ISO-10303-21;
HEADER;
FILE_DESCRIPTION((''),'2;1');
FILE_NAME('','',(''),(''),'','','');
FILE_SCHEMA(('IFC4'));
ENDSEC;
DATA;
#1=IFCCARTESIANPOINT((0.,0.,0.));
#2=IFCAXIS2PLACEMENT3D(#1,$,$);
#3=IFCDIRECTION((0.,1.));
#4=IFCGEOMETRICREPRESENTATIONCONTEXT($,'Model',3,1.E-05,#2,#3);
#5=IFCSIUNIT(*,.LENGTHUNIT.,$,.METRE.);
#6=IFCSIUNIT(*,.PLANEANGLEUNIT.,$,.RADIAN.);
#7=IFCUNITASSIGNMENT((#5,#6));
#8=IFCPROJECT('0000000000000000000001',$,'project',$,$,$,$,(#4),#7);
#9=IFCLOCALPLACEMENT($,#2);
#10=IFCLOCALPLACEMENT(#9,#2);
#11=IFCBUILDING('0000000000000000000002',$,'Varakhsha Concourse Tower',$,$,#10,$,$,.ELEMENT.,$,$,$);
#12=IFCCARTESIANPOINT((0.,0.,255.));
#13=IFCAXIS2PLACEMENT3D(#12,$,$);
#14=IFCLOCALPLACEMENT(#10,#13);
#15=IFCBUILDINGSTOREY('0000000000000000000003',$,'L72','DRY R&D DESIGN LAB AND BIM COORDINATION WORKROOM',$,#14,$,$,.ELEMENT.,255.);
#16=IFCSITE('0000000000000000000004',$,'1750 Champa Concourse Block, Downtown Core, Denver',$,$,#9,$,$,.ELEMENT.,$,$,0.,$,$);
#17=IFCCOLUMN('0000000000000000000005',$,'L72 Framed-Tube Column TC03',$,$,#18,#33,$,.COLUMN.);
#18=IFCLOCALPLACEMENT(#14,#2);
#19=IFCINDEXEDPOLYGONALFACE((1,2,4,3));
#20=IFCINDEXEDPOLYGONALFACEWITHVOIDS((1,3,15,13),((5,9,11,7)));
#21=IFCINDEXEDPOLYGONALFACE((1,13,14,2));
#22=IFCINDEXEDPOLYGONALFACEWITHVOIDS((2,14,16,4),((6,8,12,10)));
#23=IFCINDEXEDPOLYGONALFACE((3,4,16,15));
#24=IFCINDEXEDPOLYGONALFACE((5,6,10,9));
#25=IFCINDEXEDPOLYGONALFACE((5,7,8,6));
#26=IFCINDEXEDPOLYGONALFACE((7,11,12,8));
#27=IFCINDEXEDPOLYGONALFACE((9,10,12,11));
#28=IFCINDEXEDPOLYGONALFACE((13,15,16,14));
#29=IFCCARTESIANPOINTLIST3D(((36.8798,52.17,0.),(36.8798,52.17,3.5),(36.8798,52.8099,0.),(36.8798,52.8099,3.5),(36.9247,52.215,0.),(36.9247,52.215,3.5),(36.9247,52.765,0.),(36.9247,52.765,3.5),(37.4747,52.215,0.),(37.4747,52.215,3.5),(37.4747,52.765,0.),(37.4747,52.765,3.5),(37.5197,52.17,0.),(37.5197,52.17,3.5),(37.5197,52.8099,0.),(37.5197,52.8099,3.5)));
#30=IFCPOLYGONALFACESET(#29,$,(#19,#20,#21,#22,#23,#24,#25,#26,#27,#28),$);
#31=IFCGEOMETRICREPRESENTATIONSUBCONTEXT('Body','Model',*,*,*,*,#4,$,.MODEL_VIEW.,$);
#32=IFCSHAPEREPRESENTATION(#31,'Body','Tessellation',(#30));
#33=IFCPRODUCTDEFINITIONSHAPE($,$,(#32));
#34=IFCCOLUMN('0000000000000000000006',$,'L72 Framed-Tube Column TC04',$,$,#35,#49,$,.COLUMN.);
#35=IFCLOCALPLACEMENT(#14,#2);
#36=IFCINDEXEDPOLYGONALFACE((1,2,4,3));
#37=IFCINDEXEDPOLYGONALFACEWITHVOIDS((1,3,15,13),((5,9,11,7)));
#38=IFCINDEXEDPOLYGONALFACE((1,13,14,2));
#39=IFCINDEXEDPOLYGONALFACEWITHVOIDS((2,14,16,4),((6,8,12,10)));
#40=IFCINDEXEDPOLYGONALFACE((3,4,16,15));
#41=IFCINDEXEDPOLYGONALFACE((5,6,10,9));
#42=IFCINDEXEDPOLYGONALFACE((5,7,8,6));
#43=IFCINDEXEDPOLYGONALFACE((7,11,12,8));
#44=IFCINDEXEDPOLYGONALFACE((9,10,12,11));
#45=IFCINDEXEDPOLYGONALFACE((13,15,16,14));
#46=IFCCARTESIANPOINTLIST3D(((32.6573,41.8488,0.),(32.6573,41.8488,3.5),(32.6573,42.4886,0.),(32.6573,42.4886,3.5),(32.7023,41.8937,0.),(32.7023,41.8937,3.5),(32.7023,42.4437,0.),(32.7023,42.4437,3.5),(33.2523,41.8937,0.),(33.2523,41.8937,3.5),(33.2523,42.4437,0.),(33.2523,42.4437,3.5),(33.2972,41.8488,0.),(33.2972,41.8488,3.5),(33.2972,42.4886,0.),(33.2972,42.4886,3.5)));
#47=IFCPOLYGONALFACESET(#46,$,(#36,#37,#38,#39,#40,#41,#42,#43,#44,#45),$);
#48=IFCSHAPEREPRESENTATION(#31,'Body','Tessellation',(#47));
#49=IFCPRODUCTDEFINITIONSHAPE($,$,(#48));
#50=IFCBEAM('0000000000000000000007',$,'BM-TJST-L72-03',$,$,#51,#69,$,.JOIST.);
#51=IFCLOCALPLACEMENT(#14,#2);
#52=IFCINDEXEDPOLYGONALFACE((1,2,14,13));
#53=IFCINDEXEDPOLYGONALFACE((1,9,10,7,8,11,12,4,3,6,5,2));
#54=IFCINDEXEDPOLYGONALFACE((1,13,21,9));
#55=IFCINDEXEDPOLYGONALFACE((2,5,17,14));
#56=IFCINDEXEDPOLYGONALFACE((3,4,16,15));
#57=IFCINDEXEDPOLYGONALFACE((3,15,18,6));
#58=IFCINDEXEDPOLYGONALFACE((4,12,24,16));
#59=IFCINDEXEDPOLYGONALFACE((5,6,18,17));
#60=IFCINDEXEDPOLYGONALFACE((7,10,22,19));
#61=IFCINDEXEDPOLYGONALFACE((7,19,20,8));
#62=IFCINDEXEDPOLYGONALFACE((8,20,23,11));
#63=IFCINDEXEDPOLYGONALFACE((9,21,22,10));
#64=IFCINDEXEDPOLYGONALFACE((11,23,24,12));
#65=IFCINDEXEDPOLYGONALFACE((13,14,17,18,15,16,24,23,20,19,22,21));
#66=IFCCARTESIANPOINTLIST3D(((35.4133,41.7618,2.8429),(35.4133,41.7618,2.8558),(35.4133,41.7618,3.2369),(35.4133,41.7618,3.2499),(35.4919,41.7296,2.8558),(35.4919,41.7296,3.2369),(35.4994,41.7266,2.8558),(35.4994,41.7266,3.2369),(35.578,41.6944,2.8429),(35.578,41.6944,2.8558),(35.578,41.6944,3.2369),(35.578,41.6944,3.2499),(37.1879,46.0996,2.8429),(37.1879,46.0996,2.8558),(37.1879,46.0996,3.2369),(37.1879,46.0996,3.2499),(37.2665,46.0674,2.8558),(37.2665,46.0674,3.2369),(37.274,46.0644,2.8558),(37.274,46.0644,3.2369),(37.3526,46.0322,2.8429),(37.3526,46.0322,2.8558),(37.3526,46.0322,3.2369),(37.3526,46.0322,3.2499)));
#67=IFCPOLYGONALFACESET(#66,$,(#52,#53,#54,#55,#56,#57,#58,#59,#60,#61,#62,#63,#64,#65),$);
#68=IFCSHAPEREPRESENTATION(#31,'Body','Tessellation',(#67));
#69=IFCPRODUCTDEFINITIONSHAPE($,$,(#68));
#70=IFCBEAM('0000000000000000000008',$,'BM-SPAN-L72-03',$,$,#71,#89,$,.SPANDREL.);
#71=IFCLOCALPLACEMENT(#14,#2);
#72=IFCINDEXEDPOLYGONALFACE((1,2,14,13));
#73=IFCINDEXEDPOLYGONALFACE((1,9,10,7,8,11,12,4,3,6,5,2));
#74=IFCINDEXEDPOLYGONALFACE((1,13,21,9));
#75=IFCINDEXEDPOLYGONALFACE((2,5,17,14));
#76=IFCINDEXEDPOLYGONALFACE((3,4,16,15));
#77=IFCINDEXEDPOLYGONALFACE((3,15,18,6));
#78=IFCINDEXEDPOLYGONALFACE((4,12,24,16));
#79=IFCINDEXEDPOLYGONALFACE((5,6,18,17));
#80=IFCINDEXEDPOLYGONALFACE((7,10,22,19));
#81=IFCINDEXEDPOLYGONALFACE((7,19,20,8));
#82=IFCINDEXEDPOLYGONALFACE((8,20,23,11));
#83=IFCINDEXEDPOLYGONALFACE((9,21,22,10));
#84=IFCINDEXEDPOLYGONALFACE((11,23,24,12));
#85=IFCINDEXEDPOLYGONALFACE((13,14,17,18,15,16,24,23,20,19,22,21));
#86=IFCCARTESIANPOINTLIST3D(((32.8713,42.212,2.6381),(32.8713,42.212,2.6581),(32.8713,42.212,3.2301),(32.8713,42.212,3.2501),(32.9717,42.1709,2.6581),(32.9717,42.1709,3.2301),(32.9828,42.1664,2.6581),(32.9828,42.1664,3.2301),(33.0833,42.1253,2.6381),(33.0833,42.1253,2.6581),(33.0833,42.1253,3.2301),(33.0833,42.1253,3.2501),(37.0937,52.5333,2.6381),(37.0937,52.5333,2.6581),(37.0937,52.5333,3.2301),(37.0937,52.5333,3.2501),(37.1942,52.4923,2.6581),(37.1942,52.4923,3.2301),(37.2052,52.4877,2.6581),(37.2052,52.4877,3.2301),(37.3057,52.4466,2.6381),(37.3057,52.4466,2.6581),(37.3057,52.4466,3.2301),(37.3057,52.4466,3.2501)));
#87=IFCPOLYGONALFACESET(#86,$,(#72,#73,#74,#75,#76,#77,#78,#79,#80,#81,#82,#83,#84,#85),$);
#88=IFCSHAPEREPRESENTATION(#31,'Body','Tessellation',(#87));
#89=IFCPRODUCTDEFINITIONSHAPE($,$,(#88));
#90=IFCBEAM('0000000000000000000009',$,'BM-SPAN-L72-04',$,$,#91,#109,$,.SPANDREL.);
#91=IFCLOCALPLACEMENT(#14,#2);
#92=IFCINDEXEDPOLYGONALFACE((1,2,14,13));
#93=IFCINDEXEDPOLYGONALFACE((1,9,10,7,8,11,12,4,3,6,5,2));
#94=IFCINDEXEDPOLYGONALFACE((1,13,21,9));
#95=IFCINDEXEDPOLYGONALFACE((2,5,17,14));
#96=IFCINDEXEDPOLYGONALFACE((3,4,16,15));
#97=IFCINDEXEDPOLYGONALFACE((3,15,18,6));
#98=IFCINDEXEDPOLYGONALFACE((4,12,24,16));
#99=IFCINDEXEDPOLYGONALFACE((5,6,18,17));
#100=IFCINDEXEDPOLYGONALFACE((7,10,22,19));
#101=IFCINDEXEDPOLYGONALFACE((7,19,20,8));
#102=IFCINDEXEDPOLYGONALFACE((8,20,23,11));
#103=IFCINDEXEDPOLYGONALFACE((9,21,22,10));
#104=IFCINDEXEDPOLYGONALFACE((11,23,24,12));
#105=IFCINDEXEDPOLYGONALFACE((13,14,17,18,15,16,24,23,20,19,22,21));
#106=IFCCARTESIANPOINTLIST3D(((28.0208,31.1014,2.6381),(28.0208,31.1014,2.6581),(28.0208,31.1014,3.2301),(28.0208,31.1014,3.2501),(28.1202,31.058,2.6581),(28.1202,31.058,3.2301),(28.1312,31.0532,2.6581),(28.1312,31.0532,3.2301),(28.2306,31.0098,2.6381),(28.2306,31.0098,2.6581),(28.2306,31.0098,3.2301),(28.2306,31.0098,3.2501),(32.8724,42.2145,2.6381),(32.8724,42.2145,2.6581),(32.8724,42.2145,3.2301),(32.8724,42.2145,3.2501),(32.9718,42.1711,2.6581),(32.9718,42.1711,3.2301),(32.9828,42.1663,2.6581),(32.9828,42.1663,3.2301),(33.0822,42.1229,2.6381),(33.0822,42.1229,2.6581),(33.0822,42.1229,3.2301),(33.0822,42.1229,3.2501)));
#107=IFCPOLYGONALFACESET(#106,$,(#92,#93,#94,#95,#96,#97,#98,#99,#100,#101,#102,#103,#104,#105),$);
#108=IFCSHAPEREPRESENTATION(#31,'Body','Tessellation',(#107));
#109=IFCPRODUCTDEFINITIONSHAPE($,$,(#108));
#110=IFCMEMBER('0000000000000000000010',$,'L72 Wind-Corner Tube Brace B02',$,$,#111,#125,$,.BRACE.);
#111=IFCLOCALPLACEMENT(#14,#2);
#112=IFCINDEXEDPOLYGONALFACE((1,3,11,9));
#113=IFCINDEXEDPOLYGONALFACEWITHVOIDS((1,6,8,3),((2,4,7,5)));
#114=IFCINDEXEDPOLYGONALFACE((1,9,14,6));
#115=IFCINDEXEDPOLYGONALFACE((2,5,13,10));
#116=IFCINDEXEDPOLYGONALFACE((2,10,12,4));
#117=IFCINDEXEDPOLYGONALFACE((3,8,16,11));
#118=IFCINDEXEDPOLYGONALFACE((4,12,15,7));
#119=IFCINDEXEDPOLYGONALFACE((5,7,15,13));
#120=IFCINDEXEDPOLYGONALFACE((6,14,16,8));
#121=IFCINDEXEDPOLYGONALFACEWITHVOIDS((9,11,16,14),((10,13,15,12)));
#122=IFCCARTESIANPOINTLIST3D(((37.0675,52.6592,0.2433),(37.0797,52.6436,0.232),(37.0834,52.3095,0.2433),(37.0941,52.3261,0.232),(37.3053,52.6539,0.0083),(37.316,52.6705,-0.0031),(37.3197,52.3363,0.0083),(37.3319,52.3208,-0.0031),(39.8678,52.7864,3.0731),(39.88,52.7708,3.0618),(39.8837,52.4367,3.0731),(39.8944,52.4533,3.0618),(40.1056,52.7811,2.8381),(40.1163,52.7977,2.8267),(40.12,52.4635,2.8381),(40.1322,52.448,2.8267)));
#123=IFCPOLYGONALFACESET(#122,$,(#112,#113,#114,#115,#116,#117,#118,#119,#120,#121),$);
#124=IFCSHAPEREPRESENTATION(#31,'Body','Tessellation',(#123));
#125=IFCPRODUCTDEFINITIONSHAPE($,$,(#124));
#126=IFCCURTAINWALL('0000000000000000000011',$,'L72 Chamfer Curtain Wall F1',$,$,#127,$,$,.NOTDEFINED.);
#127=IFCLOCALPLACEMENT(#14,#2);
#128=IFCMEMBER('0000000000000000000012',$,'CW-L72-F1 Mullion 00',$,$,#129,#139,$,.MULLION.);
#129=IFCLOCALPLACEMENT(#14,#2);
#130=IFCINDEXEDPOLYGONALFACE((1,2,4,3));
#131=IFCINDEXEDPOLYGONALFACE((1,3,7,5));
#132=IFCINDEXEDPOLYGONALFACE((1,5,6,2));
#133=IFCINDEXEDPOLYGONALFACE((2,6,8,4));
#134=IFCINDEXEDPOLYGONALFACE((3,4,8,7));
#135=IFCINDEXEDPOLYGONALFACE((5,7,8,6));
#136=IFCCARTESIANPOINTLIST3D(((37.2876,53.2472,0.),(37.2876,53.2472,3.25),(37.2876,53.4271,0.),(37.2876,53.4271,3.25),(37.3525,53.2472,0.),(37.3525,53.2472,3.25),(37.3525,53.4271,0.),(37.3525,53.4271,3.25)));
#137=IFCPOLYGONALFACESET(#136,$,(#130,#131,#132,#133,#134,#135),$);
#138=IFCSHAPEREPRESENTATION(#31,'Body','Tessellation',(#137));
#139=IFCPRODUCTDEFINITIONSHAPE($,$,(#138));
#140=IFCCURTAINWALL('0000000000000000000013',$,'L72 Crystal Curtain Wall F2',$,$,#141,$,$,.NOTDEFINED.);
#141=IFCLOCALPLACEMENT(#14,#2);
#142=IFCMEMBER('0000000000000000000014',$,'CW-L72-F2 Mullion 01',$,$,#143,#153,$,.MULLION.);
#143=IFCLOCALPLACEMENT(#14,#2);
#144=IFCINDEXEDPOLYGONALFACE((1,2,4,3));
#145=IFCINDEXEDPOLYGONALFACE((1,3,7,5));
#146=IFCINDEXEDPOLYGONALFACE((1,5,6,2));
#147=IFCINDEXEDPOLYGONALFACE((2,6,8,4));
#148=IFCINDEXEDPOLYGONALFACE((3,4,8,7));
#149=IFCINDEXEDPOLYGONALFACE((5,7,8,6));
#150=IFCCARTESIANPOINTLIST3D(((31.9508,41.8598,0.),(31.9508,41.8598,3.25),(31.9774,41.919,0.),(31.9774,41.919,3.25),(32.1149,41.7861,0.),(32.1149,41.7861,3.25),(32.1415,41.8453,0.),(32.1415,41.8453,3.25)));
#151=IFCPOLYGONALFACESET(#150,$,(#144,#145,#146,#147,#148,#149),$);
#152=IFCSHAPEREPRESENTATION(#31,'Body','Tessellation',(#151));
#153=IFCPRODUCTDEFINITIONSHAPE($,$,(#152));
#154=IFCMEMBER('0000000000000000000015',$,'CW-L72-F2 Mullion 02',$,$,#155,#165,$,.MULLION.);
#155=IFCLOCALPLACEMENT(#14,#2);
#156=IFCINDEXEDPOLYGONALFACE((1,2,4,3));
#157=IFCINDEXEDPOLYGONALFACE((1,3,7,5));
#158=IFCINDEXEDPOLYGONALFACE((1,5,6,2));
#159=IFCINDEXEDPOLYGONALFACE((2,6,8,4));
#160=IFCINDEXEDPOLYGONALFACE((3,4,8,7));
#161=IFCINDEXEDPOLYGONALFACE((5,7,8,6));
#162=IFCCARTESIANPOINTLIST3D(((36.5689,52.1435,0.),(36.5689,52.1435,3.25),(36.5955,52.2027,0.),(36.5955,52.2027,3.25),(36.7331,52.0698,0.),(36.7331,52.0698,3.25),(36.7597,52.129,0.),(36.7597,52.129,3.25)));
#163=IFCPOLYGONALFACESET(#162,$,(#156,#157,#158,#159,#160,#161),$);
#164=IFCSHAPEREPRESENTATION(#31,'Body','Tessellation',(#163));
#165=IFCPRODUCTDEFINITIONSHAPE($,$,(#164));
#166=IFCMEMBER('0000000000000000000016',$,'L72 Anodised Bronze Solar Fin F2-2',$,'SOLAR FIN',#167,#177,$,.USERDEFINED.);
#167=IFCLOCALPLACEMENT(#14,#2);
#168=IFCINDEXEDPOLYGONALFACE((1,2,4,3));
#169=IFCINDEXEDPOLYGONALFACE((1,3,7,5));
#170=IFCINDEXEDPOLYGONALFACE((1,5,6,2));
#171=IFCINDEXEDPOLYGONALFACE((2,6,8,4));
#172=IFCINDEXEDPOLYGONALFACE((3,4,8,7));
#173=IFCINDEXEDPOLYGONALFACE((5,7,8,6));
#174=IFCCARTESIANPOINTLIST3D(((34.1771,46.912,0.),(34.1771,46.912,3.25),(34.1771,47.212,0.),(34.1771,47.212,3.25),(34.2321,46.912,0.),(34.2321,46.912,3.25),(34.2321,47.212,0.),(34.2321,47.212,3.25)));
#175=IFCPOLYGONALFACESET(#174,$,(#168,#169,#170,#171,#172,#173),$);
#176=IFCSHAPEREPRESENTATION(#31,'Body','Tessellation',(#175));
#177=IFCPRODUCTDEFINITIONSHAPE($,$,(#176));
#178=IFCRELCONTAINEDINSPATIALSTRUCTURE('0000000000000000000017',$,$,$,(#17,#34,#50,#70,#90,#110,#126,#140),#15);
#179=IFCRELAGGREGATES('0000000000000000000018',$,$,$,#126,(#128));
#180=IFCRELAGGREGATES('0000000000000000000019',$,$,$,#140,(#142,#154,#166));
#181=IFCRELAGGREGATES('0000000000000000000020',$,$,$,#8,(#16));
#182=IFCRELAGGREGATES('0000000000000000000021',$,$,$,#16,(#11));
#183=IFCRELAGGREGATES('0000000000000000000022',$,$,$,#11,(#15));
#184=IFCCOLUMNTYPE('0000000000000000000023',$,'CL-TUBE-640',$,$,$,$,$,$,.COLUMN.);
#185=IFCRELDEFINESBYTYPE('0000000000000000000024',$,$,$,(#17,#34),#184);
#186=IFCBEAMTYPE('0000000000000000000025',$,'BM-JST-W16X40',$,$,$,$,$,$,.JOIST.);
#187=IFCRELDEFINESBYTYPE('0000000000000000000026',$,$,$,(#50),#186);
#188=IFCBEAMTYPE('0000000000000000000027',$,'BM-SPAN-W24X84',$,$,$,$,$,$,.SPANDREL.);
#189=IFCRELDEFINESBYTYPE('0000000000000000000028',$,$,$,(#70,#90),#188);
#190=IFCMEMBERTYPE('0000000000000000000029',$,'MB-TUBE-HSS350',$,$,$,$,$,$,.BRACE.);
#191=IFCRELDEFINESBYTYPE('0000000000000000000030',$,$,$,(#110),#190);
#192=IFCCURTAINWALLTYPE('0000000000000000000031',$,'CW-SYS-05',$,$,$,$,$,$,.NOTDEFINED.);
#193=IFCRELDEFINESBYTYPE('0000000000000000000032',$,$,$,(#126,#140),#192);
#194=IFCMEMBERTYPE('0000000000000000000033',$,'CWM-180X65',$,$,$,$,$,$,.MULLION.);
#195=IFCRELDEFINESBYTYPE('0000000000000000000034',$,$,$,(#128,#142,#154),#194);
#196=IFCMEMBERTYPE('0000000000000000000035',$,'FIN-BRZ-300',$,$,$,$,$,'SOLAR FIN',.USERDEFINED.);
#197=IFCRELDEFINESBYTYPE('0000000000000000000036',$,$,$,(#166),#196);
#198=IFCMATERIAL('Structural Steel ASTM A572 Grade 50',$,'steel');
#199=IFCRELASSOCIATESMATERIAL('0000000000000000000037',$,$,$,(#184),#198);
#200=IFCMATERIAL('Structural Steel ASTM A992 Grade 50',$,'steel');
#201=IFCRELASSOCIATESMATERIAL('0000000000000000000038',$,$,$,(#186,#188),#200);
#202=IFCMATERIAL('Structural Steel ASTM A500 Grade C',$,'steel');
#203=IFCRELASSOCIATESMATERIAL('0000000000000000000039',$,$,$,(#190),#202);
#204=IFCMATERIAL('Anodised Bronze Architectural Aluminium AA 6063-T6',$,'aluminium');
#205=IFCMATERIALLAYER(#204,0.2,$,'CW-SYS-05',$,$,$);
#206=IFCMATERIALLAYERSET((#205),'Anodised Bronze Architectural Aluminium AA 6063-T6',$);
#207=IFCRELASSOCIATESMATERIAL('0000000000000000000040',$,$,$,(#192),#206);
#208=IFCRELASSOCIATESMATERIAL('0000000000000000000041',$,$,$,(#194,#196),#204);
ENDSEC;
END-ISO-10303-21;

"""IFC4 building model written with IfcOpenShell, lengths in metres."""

from ifc_helpers import new_model, si_unit, direction, frame, origin, origin_2d, place, context, subcontext, project, spatial, rectangle, hollow_rectangle, i_section, extrude, source, transform, mapped, material, layer, layer_set, material_profile, profile_set, type_object, type_shapes, element, aggregate, save


model = new_model("IFC4")

# Units and contexts
model_context = context("Model", 3, precision=1e-05, world=origin(), true_north=direction((0.0, 1.0)))
body_context = subcontext(model_context, "Body", "Model", "MODEL_VIEW")
ifc_project = project(units=[si_unit("LENGTHUNIT", "METRE"), si_unit("PLANEANGLEUNIT", "RADIAN")], contexts=[model_context])

# Site, building, storey
site_placement = place(None, origin())
site = spatial("IfcSite", under=ifc_project, at=site_placement, Name="1750 Champa Concourse Block, Downtown Core, Denver", CompositionType="ELEMENT", RefElevation=0.0)
building_placement = place(site_placement, origin())
building = spatial("IfcBuilding", under=site, at=building_placement, Name="Varakhsha Concourse Tower", CompositionType="ELEMENT")
storey_placement = place(building_placement, frame((0.0, 0.0, 255.0)))
storey = spatial("IfcBuildingStorey", under=building, at=storey_placement, Name="L72", Description="DRY R&D DESIGN LAB AND BIM COORDINATION WORKROOM", CompositionType="ELEMENT", Elevation=255.0)

# Columns
ifc_material_1 = material(Name="Structural Steel ASTM A572 Grade 50", Category="steel")
ifc_material_profile_1 = material_profile(ifc_material_1, hollow_rectangle(XDim=0.6399, YDim=0.6399, WallThickness=0.0449, at=origin_2d()), Name="BOX 640x640x45")
ifc_profile_set_1 = profile_set([ifc_material_profile_1], Name="Structural Steel ASTM A572 Grade 50")
column_type = type_object("IfcColumnType", Name="CL-TUBE-640", PredefinedType="COLUMN", material=ifc_profile_set_1)
for number, where, z_axis, x_axis, name in (
    (1, (37.1997, 52.49, 0.0), (0.0, 0.0, 1.0), (1.0, 0.0, 0.0), "L72 Framed-Tube Column TC03"),
    (2, (32.9773, 42.1687, 0.0), (0.0, 0.0, 1.0), (1.0, 0.0, 0.0), "L72 Framed-Tube Column TC04"),
):
    element("IfcColumn", number, at=place(storey_placement, frame(where, z_axis=z_axis, x_axis=x_axis)), inside=storey, type_object=column_type, Name=name, PredefinedType="COLUMN", context=body_context, shape_type="SweptSolid", body=[
        extrude(hollow_rectangle(XDim=0.6399, YDim=0.6399, WallThickness=0.0449, at=origin_2d()), origin(), (0.0, 0.0, 1.0), 3.5),
    ])

# Beams
ifc_material_2 = material(Name="Structural Steel ASTM A992 Grade 50", Category="steel")
ifc_material_profile_2 = material_profile(ifc_material_2, i_section(OverallWidth=0.178, OverallDepth=0.407, WebThickness=0.0081, FlangeThickness=0.0129, at=origin_2d()), Name="W16X40")
ifc_profile_set_2 = profile_set([ifc_material_profile_2], Name="Structural Steel ASTM A992 Grade 50")
beam_type_1 = type_object("IfcBeamType", Name="BM-JST-W16X40", PredefinedType="JOIST", material=ifc_profile_set_2)
beam_1_placement = place(storey_placement, frame((37.2703, 46.0659, 3.0464), z_axis=(-0.378645, -0.925542, 0.0), x_axis=(0.925542, -0.378645, 0.0)))
element("IfcBeam", 3, at=beam_1_placement, inside=storey, type_object=beam_type_1, Name="BM-TJST-L72-03", PredefinedType="JOIST", context=body_context, shape_type="SweptSolid", body=[
    extrude(i_section(OverallWidth=0.178, OverallDepth=0.407, WebThickness=0.0081, FlangeThickness=0.0129, at=origin_2d()), origin(), (0.0, 0.0, 1.0), 4.6868),
])
ifc_material_profile_3 = material_profile(ifc_material_2, i_section(OverallWidth=0.229, OverallDepth=0.6121, WebThickness=0.012, FlangeThickness=0.02, at=origin_2d()), Name="W24X84")
ifc_profile_set_3 = profile_set([ifc_material_profile_3], Name="Structural Steel ASTM A992 Grade 50")
beam_type_2 = type_object("IfcBeamType", Name="BM-SPAN-W24X84", PredefinedType="SPANDREL", material=ifc_profile_set_3)
beam_2_placement = place(storey_placement, frame((37.1997, 52.49, 2.9441), z_axis=(-0.378638, -0.925545, 0.0), x_axis=(0.925545, -0.378638, 0.0)))
element("IfcBeam", 4, at=beam_2_placement, inside=storey, type_object=beam_type_2, Name="BM-SPAN-L72-03", PredefinedType="SPANDREL", context=body_context, shape_type="SweptSolid", body=[
    extrude(i_section(OverallWidth=0.229, OverallDepth=0.6121, WebThickness=0.012, FlangeThickness=0.02, at=origin_2d()), origin(), (0.0, 0.0, 1.0), 11.1516),
])
beam_3_placement = place(storey_placement, frame((32.9773, 42.1687, 2.9441), z_axis=(-0.400099, -0.916472, 0.0), x_axis=(0.916472, -0.400099, 0.0)))
element("IfcBeam", 5, at=beam_3_placement, inside=storey, type_object=beam_type_2, Name="BM-SPAN-L72-04", PredefinedType="SPANDREL", context=body_context, shape_type="SweptSolid", body=[
    extrude(i_section(OverallWidth=0.229, OverallDepth=0.6121, WebThickness=0.012, FlangeThickness=0.02, at=origin_2d()), origin(), (0.0, 0.0, 1.0), 12.126),
])

# Member
ifc_material_3 = material(Name="Structural Steel ASTM A500 Grade C", Category="steel")
ifc_material_profile_4 = material_profile(ifc_material_3, hollow_rectangle(XDim=0.3501, YDim=0.3501, WallThickness=0.0161, at=origin_2d()), Name="HSS 350x350x16")
ifc_profile_set_4 = profile_set([ifc_material_profile_4], Name="Structural Steel ASTM A500 Grade C")
member_type_1 = type_object("IfcMemberType", Name="MB-TUBE-HSS350", PredefinedType="BRACE", material=ifc_profile_set_4)
shared_shape_1 = source(origin(), body_context, "Body", "SweptSolid", [
    extrude(hollow_rectangle(XDim=0.3501, YDim=0.3501, WallThickness=0.0161, at=origin_2d()), origin(), (0.0, 0.0, 1.0), 3.9832),
])
type_shapes(member_type_1, [shared_shape_1])
member_1_placement = place(storey_placement, frame((37.1997, 52.49, 0.1201), z_axis=(0.703028, 0.031934, 0.710445), x_axis=(-0.045376, 0.99897, 0.0)))
element("IfcMember", 6, at=member_1_placement, inside=storey, type_object=member_type_1, Name="L72 Wind-Corner Tube Brace B02", PredefinedType="BRACE", context=body_context, shape_type="MappedRepresentation", body=[
    mapped(shared_shape_1, transform((0.0, 0.0, 0.0), scale=1.0)),
])

# Curtain wall, member
ifc_material_4 = material(Name="Anodised Bronze Architectural Aluminium AA 6063-T6", Category="aluminium")
ifc_layer_1 = layer(ifc_material_4, 0.2, Name="CW-SYS-05")
ifc_layer_set_1 = layer_set([ifc_layer_1], Name="Anodised Bronze Architectural Aluminium AA 6063-T6")
curtain_wall_type = type_object("IfcCurtainWallType", Name="CW-SYS-05", PredefinedType="NOTDEFINED", material=ifc_layer_set_1)
curtain_wall_1_placement = place(storey_placement, origin())
curtain_wall_1 = element("IfcCurtainWall", 7, at=curtain_wall_1_placement, inside=storey, type_object=curtain_wall_type, Name="L72 Chamfer Curtain Wall F1", PredefinedType="NOTDEFINED")
ifc_material_profile_5 = material_profile(ifc_material_4, rectangle(XDim=0.0649, YDim=0.1799, at=origin_2d()), Name="CWM-180X65")
ifc_profile_set_5 = profile_set([ifc_material_profile_5], Name="Anodised Bronze Architectural Aluminium AA 6063-T6")
member_type_2 = type_object("IfcMemberType", Name="CWM-180X65", PredefinedType="MULLION", material=ifc_profile_set_5)
shared_shape_2 = source(origin(), body_context, "Body", "SweptSolid", [
    extrude(rectangle(XDim=0.0649, YDim=0.1799, at=origin_2d()), origin(), (0.0, 0.0, 1.0), 3.25),
])
type_shapes(member_type_2, [shared_shape_2])
member_2_placement = place(storey_placement, frame((37.3201, 53.3372, 0.0), z_axis=(0.0, 0.0, 1.0), x_axis=(1.0, 0.0, 0.0)))
member_2 = element("IfcMember", 8, at=member_2_placement, type_object=member_type_2, Name="CW-L72-F1 Mullion 00", PredefinedType="MULLION", context=body_context, shape_type="MappedRepresentation", body=[
    mapped(shared_shape_2, transform((0.0, 0.0, 0.0), scale=1.0)),
])

# Curtain wall, members
curtain_wall_2_placement = place(storey_placement, origin())
curtain_wall_2 = element("IfcCurtainWall", 9, at=curtain_wall_2_placement, inside=storey, type_object=curtain_wall_type, Name="L72 Crystal Curtain Wall F2", PredefinedType="NOTDEFINED")
member_3_placement = place(storey_placement, frame((32.0461, 41.8525, 0.0), z_axis=(0.0, 0.0, 1.0), x_axis=(0.409662, 0.912237, 0.0)))
member_3 = element("IfcMember", 10, at=member_3_placement, type_object=member_type_2, Name="CW-L72-F2 Mullion 01", PredefinedType="MULLION", context=body_context, shape_type="MappedRepresentation", body=[
    mapped(shared_shape_2, transform((0.0, 0.0, 0.0), scale=1.0)),
])
member_4_placement = place(storey_placement, frame((36.6643, 52.1362, 0.0), z_axis=(0.0, 0.0, 1.0), x_axis=(0.409662, 0.912237, 0.0)))
member_4 = element("IfcMember", 11, at=member_4_placement, type_object=member_type_2, Name="CW-L72-F2 Mullion 02", PredefinedType="MULLION", context=body_context, shape_type="MappedRepresentation", body=[
    mapped(shared_shape_2, transform((0.0, 0.0, 0.0), scale=1.0)),
])
ifc_material_profile_6 = material_profile(ifc_material_4, rectangle(XDim=0.0549, YDim=0.3, at=origin_2d()), Name="FIN-BRZ-300")
ifc_profile_set_6 = profile_set([ifc_material_profile_6], Name="Anodised Bronze Architectural Aluminium AA 6063-T6")
member_type_3 = type_object("IfcMemberType", Name="FIN-BRZ-300", ElementType="SOLAR FIN", PredefinedType="USERDEFINED", material=ifc_profile_set_6)
shared_shape_3 = source(origin(), body_context, "Body", "SweptSolid", [
    extrude(rectangle(XDim=0.0549, YDim=0.3, at=origin_2d()), origin(), (0.0, 0.0, 1.0), 3.25),
])
type_shapes(member_type_3, [shared_shape_3])
member_5_placement = place(storey_placement, frame((34.2046, 47.062, 0.0), z_axis=(0.0, 0.0, 1.0), x_axis=(1.0, 0.0, 0.0)))
member_5 = element("IfcMember", 12, at=member_5_placement, type_object=member_type_3, Name="L72 Anodised Bronze Solar Fin F2-2", ObjectType="SOLAR FIN", PredefinedType="USERDEFINED", context=body_context, shape_type="MappedRepresentation", body=[
    mapped(shared_shape_3, transform((0.0, 0.0, 0.0), scale=1.0)),
])

aggregate(curtain_wall_1, [member_2])

aggregate(curtain_wall_2, [member_3, member_4, member_5])

save(model, "model.ifc")
